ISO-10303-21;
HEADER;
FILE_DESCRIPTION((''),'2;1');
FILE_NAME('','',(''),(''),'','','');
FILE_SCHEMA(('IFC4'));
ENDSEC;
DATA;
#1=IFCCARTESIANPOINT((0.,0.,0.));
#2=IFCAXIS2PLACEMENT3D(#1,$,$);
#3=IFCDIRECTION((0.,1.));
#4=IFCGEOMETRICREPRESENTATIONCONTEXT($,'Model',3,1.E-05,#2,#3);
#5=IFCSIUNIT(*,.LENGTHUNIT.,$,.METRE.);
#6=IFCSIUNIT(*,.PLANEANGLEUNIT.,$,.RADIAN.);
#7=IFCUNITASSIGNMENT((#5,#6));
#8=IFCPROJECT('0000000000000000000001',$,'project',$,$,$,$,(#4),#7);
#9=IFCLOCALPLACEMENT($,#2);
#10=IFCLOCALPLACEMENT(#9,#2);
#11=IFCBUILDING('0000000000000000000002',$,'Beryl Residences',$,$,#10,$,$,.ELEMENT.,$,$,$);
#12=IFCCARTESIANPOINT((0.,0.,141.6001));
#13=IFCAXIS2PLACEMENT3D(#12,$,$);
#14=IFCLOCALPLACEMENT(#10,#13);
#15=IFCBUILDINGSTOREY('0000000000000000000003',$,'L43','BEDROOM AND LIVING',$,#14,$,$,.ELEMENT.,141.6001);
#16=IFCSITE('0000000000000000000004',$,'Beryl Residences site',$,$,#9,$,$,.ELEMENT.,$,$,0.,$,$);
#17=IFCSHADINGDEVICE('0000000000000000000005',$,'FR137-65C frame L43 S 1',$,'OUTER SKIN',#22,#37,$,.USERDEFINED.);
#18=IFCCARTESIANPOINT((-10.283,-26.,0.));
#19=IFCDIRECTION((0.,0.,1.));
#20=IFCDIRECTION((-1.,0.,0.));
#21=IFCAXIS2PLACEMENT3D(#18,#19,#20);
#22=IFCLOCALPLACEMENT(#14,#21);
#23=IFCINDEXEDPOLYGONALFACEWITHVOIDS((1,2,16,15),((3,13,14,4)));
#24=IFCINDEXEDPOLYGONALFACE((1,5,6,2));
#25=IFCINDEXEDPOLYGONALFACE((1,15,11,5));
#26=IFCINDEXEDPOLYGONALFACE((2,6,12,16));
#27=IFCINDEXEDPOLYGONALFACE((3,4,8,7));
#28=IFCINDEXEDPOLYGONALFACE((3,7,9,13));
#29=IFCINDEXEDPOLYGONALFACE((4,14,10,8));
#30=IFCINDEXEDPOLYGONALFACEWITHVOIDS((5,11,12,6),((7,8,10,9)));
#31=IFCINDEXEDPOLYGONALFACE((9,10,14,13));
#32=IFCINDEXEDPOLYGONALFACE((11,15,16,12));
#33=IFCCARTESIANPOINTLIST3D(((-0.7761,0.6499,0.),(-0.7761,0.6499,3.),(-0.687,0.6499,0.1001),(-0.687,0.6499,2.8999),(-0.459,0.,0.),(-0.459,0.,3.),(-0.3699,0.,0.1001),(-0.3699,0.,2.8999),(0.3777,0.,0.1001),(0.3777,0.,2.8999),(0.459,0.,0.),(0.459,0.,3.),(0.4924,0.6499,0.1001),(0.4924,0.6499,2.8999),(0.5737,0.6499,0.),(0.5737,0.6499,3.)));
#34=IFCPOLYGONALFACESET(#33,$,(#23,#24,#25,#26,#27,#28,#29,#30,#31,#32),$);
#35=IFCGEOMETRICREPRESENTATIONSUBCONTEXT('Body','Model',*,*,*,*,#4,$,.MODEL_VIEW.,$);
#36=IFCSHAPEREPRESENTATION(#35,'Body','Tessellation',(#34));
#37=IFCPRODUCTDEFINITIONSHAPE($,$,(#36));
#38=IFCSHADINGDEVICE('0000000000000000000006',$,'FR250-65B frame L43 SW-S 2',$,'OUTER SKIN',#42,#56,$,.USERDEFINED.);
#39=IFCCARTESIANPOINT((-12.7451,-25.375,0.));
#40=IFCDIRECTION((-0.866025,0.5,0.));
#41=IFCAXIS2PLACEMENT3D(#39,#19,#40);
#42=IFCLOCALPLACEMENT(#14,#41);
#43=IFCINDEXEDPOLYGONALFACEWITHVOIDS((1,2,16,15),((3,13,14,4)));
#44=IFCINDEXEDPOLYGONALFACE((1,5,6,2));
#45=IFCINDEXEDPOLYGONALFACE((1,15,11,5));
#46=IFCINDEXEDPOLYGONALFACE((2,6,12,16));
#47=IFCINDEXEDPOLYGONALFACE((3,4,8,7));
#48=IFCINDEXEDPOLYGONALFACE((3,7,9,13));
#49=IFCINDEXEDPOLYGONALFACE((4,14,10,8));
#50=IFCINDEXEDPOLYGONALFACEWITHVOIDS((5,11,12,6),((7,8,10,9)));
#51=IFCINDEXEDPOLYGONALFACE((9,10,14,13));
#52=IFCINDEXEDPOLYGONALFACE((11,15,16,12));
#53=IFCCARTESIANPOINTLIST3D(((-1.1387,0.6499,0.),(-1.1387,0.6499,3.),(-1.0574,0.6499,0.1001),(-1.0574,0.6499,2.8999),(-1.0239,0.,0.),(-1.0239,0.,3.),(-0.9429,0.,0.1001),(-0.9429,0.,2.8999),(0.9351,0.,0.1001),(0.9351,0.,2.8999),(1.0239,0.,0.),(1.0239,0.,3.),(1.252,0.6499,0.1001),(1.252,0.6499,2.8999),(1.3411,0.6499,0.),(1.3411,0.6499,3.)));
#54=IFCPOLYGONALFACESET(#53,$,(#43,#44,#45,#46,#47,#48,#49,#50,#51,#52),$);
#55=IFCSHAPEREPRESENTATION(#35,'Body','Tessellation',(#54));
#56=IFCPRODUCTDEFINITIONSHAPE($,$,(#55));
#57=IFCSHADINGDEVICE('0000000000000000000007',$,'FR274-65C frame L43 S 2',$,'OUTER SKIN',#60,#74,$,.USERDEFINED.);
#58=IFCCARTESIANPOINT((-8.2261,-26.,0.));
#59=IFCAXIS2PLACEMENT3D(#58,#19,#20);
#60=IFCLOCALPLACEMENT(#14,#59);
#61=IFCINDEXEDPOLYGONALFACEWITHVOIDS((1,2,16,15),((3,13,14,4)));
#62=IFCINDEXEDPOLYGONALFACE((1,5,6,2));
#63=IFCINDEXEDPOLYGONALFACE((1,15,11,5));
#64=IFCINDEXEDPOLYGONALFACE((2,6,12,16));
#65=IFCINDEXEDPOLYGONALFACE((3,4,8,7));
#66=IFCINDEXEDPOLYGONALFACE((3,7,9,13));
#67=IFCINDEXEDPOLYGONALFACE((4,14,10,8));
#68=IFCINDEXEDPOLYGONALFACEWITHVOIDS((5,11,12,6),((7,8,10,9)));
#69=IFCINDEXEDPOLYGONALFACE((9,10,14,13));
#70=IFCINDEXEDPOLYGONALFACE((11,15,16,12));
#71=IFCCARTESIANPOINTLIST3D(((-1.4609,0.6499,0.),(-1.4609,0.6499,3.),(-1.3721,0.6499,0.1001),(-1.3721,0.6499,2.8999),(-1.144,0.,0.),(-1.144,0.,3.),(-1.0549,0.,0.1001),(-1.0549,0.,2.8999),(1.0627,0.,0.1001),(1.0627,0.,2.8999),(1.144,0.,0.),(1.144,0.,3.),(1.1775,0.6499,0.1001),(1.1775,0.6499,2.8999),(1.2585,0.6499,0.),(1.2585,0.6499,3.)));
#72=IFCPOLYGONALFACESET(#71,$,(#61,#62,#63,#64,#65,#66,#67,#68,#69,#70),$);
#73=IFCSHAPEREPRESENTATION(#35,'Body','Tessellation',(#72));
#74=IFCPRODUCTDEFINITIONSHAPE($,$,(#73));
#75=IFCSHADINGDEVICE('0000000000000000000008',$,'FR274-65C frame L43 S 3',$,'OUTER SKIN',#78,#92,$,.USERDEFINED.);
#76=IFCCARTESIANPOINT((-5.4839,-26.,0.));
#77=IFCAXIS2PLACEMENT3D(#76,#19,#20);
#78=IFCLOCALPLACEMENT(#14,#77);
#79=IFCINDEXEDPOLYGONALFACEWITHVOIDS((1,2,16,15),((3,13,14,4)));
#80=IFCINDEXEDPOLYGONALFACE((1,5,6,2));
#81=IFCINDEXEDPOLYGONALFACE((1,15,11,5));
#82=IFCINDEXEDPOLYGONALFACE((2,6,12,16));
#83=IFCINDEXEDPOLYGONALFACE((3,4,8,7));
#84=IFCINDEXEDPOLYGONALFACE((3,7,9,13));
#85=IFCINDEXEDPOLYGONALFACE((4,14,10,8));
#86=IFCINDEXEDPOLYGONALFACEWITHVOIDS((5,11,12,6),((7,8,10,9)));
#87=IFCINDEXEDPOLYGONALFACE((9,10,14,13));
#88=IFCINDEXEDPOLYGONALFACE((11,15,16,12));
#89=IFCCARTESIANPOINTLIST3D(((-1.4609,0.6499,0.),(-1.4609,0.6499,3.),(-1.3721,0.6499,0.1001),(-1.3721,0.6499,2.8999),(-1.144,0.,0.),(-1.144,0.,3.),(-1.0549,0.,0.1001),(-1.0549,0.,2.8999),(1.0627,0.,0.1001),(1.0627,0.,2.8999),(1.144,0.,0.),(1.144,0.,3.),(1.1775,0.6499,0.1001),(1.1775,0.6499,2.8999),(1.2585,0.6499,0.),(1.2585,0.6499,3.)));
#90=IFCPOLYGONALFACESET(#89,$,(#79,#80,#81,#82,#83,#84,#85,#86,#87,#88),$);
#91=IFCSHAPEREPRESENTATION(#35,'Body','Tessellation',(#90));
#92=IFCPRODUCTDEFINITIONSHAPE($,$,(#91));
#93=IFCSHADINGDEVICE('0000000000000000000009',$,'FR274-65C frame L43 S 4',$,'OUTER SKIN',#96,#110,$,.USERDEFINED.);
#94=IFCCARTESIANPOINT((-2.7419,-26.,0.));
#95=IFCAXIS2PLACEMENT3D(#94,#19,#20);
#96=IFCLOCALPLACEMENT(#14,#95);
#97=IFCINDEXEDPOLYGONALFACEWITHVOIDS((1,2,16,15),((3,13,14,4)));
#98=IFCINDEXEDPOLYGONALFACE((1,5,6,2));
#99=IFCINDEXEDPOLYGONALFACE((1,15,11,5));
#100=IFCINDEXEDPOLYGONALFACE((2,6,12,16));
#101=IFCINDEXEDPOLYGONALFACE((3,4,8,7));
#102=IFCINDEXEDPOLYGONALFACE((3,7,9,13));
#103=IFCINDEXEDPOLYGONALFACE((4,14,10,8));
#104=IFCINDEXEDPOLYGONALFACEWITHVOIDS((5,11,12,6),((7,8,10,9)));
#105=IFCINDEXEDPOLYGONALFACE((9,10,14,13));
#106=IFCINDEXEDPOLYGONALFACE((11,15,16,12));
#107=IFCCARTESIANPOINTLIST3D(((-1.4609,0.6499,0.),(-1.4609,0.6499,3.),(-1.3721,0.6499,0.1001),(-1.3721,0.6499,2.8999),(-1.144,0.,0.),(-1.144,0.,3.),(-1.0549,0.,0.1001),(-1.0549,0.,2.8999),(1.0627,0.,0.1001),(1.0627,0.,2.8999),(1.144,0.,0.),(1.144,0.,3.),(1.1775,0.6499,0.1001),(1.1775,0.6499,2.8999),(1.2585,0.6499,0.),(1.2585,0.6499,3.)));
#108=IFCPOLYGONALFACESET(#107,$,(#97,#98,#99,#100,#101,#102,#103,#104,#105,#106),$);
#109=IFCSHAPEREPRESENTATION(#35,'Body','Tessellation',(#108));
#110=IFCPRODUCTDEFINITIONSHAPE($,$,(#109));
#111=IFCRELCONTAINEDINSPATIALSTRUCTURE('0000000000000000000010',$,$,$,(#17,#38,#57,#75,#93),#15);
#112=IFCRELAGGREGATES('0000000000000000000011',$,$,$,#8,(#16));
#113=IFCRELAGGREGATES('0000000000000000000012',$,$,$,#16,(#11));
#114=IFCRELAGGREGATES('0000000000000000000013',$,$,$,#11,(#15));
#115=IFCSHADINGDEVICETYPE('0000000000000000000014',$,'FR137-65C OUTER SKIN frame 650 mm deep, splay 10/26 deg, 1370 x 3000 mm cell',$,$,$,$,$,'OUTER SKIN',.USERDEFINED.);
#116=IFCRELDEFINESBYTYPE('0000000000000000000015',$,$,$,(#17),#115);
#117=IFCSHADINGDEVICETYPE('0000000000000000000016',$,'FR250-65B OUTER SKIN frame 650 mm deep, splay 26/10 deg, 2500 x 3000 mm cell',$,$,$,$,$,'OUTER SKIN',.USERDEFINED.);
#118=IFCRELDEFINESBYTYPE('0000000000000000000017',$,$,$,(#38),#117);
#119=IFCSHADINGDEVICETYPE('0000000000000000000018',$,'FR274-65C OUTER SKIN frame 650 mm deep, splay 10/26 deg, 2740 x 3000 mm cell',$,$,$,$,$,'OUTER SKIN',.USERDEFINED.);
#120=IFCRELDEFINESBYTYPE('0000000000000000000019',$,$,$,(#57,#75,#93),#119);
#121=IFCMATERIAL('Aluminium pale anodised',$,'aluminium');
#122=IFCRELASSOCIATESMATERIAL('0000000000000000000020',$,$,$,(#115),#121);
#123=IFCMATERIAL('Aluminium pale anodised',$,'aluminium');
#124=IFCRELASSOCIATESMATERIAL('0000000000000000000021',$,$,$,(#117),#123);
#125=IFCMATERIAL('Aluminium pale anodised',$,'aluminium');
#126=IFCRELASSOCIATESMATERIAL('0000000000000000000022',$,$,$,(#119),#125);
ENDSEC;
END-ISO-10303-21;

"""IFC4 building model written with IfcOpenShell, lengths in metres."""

from ifc_helpers import new_model, entity, si_unit, direction, frame, origin, place, context, subcontext, project, spatial, source, transform, mapped, material, type_object, type_shapes, element, save


model = new_model("IFC4")

# Units and contexts
model_context = context("Model", 3, precision=1e-05, world=origin(), true_north=direction((0.0, 1.0)))
body_context = subcontext(model_context, "Body", "Model", "MODEL_VIEW")
ifc_project = project(units=[si_unit("LENGTHUNIT", "METRE"), si_unit("PLANEANGLEUNIT", "RADIAN")], contexts=[model_context])

# Site, building, storey
site_placement = place(None, origin())
site = spatial("IfcSite", under=ifc_project, at=site_placement, Name="Beryl Residences site", CompositionType="ELEMENT", RefElevation=0.0)
building_placement = place(site_placement, origin())
building = spatial("IfcBuilding", under=site, at=building_placement, Name="Beryl Residences", CompositionType="ELEMENT")
storey_placement = place(building_placement, frame((0.0, 0.0, 141.6001)))
storey = spatial("IfcBuildingStorey", under=building, at=storey_placement, Name="L43", Description="BEDROOM AND LIVING", CompositionType="ELEMENT", Elevation=141.6001)

# Shading devices
ifc_material_1 = material(Name="Aluminium pale anodised", Category="aluminium")
shading_device_type_1 = type_object("IfcShadingDeviceType", Name="FR137-65C OUTER SKIN frame 650 mm deep, splay 10/26 deg, 1370 x 3000 mm cell", ElementType="OUTER SKIN", PredefinedType="USERDEFINED", material=ifc_material_1)
cartesian_point_1 = entity("IfcCartesianPoint", [-0.459, 0.0])
cartesian_point_2 = entity("IfcCartesianPoint", [-0.3777, 0.1001])
cartesian_point_3 = entity("IfcCartesianPoint", [-0.5737, 0.0])
cartesian_point_4 = entity("IfcCartesianPoint", [-0.4924, 0.1001])
shared_shape_1 = source(origin(), body_context, "Body", "SweptSolid", [
    entity("IfcExtrudedAreaSolidTapered", entity("IfcArbitraryProfileDefWithVoids", "AREA", None, entity("IfcPolyline", [cartesian_point_1, entity("IfcCartesianPoint", [0.459, 0.0]), entity("IfcCartesianPoint", [0.459, 3.0]), entity("IfcCartesianPoint", [-0.459, 3.0]), cartesian_point_1]), [entity("IfcPolyline", [cartesian_point_2, entity("IfcCartesianPoint", [0.3699, 0.1001]), entity("IfcCartesianPoint", [0.3699, 2.8999]), entity("IfcCartesianPoint", [-0.3777, 2.8999]), cartesian_point_2])]), entity("IfcAxis2Placement3D", entity("IfcCartesianPoint", [0.0, 0.0, 0.0]), entity("IfcDirection", [0.0, 1.0, 0.0]), entity("IfcDirection", [-1.0, 0.0, 0.0])), entity("IfcDirection", [0.0, 0.0, 1.0]), 0.6499, entity("IfcArbitraryProfileDefWithVoids", "AREA", None, entity("IfcPolyline", [cartesian_point_3, entity("IfcCartesianPoint", [0.7761, 0.0]), entity("IfcCartesianPoint", [0.7761, 3.0]), entity("IfcCartesianPoint", [-0.5737, 3.0]), cartesian_point_3]), [entity("IfcPolyline", [cartesian_point_4, entity("IfcCartesianPoint", [0.687, 0.1001]), entity("IfcCartesianPoint", [0.687, 2.8999]), entity("IfcCartesianPoint", [-0.4924, 2.8999]), cartesian_point_4])])),
])
type_shapes(shading_device_type_1, [shared_shape_1])
shading_device_1_placement = place(storey_placement, frame((-10.283, -26.0, 0.0), z_axis=(0.0, 0.0, 1.0), x_axis=(-1.0, 0.0, 0.0)))
element("IfcShadingDevice", 1, at=shading_device_1_placement, inside=storey, type_object=shading_device_type_1, Name="FR137-65C frame L43 S 1", ObjectType="OUTER SKIN", PredefinedType="USERDEFINED", context=body_context, shape_type="MappedRepresentation", body=[
    mapped(shared_shape_1, transform((0.0, 0.0, 0.0))),
])
ifc_material_2 = material(Name="Aluminium pale anodised", Category="aluminium")
shading_device_type_2 = type_object("IfcShadingDeviceType", Name="FR250-65B OUTER SKIN frame 650 mm deep, splay 26/10 deg, 2500 x 3000 mm cell", ElementType="OUTER SKIN", PredefinedType="USERDEFINED", material=ifc_material_2)
cartesian_point_5 = entity("IfcCartesianPoint", [-1.0239, 0.0])
cartesian_point_6 = entity("IfcCartesianPoint", [-0.9351, 0.1001])
cartesian_point_7 = entity("IfcCartesianPoint", [-1.3411, 0.0])
cartesian_point_8 = entity("IfcCartesianPoint", [-1.252, 0.1001])
shared_shape_2 = source(origin(), body_context, "Body", "SweptSolid", [
    entity("IfcExtrudedAreaSolidTapered", entity("IfcArbitraryProfileDefWithVoids", "AREA", None, entity("IfcPolyline", [cartesian_point_5, entity("IfcCartesianPoint", [1.0239, 0.0]), entity("IfcCartesianPoint", [1.0239, 3.0]), entity("IfcCartesianPoint", [-1.0239, 3.0]), cartesian_point_5]), [entity("IfcPolyline", [cartesian_point_6, entity("IfcCartesianPoint", [0.9429, 0.1001]), entity("IfcCartesianPoint", [0.9429, 2.8999]), entity("IfcCartesianPoint", [-0.9351, 2.8999]), cartesian_point_6])]), entity("IfcAxis2Placement3D", entity("IfcCartesianPoint", [0.0, 0.0, 0.0]), entity("IfcDirection", [0.0, 1.0, 0.0]), entity("IfcDirection", [-1.0, 0.0, 0.0])), entity("IfcDirection", [0.0, 0.0, 1.0]), 0.6499, entity("IfcArbitraryProfileDefWithVoids", "AREA", None, entity("IfcPolyline", [cartesian_point_7, entity("IfcCartesianPoint", [1.1387, 0.0]), entity("IfcCartesianPoint", [1.1387, 3.0]), entity("IfcCartesianPoint", [-1.3411, 3.0]), cartesian_point_7]), [entity("IfcPolyline", [cartesian_point_8, entity("IfcCartesianPoint", [1.0574, 0.1001]), entity("IfcCartesianPoint", [1.0574, 2.8999]), entity("IfcCartesianPoint", [-1.252, 2.8999]), cartesian_point_8])])),
])
type_shapes(shading_device_type_2, [shared_shape_2])
shading_device_2_placement = place(storey_placement, frame((-12.7451, -25.375, 0.0), z_axis=(0.0, 0.0, 1.0), x_axis=(-0.866025, 0.5, 0.0)))
element("IfcShadingDevice", 2, at=shading_device_2_placement, inside=storey, type_object=shading_device_type_2, Name="FR250-65B frame L43 SW-S 2", ObjectType="OUTER SKIN", PredefinedType="USERDEFINED", context=body_context, shape_type="MappedRepresentation", body=[
    mapped(shared_shape_2, transform((0.0, 0.0, 0.0))),
])
ifc_material_3 = material(Name="Aluminium pale anodised", Category="aluminium")
shading_device_type_3 = type_object("IfcShadingDeviceType", Name="FR274-65C OUTER SKIN frame 650 mm deep, splay 10/26 deg, 2740 x 3000 mm cell", ElementType="OUTER SKIN", PredefinedType="USERDEFINED", material=ifc_material_3)
cartesian_point_9 = entity("IfcCartesianPoint", [-1.144, 0.0])
cartesian_point_10 = entity("IfcCartesianPoint", [-1.0627, 0.1001])
cartesian_point_11 = entity("IfcCartesianPoint", [-1.2585, 0.0])
cartesian_point_12 = entity("IfcCartesianPoint", [-1.1775, 0.1001])
shared_shape_3 = source(origin(), body_context, "Body", "SweptSolid", [
    entity("IfcExtrudedAreaSolidTapered", entity("IfcArbitraryProfileDefWithVoids", "AREA", None, entity("IfcPolyline", [cartesian_point_9, entity("IfcCartesianPoint", [1.144, 0.0]), entity("IfcCartesianPoint", [1.144, 3.0]), entity("IfcCartesianPoint", [-1.144, 3.0]), cartesian_point_9]), [entity("IfcPolyline", [cartesian_point_10, entity("IfcCartesianPoint", [1.0549, 0.1001]), entity("IfcCartesianPoint", [1.0549, 2.8999]), entity("IfcCartesianPoint", [-1.0627, 2.8999]), cartesian_point_10])]), entity("IfcAxis2Placement3D", entity("IfcCartesianPoint", [0.0, 0.0, 0.0]), entity("IfcDirection", [0.0, 1.0, 0.0]), entity("IfcDirection", [-1.0, 0.0, 0.0])), entity("IfcDirection", [0.0, 0.0, 1.0]), 0.6499, entity("IfcArbitraryProfileDefWithVoids", "AREA", None, entity("IfcPolyline", [cartesian_point_11, entity("IfcCartesianPoint", [1.4609, 0.0]), entity("IfcCartesianPoint", [1.4609, 3.0]), entity("IfcCartesianPoint", [-1.2585, 3.0]), cartesian_point_11]), [entity("IfcPolyline", [cartesian_point_12, entity("IfcCartesianPoint", [1.3721, 0.1001]), entity("IfcCartesianPoint", [1.3721, 2.8999]), entity("IfcCartesianPoint", [-1.1775, 2.8999]), cartesian_point_12])])),
])
type_shapes(shading_device_type_3, [shared_shape_3])
for number, where, z_axis, x_axis, name in (
    (3, (-8.2261, -26.0, 0.0), (0.0, 0.0, 1.0), (-1.0, 0.0, 0.0), "FR274-65C frame L43 S 2"),
    (4, (-5.4839, -26.0, 0.0), (0.0, 0.0, 1.0), (-1.0, 0.0, 0.0), "FR274-65C frame L43 S 3"),
    (5, (-2.7419, -26.0, 0.0), (0.0, 0.0, 1.0), (-1.0, 0.0, 0.0), "FR274-65C frame L43 S 4"),
):
    element("IfcShadingDevice", number, at=place(storey_placement, frame(where, z_axis=z_axis, x_axis=x_axis)), inside=storey, type_object=shading_device_type_3, Name=name, ObjectType="OUTER SKIN", PredefinedType="USERDEFINED", context=body_context, shape_type="MappedRepresentation", body=[
        mapped(shared_shape_3, transform((0.0, 0.0, 0.0))),
    ])

save(model, "model.ifc")
